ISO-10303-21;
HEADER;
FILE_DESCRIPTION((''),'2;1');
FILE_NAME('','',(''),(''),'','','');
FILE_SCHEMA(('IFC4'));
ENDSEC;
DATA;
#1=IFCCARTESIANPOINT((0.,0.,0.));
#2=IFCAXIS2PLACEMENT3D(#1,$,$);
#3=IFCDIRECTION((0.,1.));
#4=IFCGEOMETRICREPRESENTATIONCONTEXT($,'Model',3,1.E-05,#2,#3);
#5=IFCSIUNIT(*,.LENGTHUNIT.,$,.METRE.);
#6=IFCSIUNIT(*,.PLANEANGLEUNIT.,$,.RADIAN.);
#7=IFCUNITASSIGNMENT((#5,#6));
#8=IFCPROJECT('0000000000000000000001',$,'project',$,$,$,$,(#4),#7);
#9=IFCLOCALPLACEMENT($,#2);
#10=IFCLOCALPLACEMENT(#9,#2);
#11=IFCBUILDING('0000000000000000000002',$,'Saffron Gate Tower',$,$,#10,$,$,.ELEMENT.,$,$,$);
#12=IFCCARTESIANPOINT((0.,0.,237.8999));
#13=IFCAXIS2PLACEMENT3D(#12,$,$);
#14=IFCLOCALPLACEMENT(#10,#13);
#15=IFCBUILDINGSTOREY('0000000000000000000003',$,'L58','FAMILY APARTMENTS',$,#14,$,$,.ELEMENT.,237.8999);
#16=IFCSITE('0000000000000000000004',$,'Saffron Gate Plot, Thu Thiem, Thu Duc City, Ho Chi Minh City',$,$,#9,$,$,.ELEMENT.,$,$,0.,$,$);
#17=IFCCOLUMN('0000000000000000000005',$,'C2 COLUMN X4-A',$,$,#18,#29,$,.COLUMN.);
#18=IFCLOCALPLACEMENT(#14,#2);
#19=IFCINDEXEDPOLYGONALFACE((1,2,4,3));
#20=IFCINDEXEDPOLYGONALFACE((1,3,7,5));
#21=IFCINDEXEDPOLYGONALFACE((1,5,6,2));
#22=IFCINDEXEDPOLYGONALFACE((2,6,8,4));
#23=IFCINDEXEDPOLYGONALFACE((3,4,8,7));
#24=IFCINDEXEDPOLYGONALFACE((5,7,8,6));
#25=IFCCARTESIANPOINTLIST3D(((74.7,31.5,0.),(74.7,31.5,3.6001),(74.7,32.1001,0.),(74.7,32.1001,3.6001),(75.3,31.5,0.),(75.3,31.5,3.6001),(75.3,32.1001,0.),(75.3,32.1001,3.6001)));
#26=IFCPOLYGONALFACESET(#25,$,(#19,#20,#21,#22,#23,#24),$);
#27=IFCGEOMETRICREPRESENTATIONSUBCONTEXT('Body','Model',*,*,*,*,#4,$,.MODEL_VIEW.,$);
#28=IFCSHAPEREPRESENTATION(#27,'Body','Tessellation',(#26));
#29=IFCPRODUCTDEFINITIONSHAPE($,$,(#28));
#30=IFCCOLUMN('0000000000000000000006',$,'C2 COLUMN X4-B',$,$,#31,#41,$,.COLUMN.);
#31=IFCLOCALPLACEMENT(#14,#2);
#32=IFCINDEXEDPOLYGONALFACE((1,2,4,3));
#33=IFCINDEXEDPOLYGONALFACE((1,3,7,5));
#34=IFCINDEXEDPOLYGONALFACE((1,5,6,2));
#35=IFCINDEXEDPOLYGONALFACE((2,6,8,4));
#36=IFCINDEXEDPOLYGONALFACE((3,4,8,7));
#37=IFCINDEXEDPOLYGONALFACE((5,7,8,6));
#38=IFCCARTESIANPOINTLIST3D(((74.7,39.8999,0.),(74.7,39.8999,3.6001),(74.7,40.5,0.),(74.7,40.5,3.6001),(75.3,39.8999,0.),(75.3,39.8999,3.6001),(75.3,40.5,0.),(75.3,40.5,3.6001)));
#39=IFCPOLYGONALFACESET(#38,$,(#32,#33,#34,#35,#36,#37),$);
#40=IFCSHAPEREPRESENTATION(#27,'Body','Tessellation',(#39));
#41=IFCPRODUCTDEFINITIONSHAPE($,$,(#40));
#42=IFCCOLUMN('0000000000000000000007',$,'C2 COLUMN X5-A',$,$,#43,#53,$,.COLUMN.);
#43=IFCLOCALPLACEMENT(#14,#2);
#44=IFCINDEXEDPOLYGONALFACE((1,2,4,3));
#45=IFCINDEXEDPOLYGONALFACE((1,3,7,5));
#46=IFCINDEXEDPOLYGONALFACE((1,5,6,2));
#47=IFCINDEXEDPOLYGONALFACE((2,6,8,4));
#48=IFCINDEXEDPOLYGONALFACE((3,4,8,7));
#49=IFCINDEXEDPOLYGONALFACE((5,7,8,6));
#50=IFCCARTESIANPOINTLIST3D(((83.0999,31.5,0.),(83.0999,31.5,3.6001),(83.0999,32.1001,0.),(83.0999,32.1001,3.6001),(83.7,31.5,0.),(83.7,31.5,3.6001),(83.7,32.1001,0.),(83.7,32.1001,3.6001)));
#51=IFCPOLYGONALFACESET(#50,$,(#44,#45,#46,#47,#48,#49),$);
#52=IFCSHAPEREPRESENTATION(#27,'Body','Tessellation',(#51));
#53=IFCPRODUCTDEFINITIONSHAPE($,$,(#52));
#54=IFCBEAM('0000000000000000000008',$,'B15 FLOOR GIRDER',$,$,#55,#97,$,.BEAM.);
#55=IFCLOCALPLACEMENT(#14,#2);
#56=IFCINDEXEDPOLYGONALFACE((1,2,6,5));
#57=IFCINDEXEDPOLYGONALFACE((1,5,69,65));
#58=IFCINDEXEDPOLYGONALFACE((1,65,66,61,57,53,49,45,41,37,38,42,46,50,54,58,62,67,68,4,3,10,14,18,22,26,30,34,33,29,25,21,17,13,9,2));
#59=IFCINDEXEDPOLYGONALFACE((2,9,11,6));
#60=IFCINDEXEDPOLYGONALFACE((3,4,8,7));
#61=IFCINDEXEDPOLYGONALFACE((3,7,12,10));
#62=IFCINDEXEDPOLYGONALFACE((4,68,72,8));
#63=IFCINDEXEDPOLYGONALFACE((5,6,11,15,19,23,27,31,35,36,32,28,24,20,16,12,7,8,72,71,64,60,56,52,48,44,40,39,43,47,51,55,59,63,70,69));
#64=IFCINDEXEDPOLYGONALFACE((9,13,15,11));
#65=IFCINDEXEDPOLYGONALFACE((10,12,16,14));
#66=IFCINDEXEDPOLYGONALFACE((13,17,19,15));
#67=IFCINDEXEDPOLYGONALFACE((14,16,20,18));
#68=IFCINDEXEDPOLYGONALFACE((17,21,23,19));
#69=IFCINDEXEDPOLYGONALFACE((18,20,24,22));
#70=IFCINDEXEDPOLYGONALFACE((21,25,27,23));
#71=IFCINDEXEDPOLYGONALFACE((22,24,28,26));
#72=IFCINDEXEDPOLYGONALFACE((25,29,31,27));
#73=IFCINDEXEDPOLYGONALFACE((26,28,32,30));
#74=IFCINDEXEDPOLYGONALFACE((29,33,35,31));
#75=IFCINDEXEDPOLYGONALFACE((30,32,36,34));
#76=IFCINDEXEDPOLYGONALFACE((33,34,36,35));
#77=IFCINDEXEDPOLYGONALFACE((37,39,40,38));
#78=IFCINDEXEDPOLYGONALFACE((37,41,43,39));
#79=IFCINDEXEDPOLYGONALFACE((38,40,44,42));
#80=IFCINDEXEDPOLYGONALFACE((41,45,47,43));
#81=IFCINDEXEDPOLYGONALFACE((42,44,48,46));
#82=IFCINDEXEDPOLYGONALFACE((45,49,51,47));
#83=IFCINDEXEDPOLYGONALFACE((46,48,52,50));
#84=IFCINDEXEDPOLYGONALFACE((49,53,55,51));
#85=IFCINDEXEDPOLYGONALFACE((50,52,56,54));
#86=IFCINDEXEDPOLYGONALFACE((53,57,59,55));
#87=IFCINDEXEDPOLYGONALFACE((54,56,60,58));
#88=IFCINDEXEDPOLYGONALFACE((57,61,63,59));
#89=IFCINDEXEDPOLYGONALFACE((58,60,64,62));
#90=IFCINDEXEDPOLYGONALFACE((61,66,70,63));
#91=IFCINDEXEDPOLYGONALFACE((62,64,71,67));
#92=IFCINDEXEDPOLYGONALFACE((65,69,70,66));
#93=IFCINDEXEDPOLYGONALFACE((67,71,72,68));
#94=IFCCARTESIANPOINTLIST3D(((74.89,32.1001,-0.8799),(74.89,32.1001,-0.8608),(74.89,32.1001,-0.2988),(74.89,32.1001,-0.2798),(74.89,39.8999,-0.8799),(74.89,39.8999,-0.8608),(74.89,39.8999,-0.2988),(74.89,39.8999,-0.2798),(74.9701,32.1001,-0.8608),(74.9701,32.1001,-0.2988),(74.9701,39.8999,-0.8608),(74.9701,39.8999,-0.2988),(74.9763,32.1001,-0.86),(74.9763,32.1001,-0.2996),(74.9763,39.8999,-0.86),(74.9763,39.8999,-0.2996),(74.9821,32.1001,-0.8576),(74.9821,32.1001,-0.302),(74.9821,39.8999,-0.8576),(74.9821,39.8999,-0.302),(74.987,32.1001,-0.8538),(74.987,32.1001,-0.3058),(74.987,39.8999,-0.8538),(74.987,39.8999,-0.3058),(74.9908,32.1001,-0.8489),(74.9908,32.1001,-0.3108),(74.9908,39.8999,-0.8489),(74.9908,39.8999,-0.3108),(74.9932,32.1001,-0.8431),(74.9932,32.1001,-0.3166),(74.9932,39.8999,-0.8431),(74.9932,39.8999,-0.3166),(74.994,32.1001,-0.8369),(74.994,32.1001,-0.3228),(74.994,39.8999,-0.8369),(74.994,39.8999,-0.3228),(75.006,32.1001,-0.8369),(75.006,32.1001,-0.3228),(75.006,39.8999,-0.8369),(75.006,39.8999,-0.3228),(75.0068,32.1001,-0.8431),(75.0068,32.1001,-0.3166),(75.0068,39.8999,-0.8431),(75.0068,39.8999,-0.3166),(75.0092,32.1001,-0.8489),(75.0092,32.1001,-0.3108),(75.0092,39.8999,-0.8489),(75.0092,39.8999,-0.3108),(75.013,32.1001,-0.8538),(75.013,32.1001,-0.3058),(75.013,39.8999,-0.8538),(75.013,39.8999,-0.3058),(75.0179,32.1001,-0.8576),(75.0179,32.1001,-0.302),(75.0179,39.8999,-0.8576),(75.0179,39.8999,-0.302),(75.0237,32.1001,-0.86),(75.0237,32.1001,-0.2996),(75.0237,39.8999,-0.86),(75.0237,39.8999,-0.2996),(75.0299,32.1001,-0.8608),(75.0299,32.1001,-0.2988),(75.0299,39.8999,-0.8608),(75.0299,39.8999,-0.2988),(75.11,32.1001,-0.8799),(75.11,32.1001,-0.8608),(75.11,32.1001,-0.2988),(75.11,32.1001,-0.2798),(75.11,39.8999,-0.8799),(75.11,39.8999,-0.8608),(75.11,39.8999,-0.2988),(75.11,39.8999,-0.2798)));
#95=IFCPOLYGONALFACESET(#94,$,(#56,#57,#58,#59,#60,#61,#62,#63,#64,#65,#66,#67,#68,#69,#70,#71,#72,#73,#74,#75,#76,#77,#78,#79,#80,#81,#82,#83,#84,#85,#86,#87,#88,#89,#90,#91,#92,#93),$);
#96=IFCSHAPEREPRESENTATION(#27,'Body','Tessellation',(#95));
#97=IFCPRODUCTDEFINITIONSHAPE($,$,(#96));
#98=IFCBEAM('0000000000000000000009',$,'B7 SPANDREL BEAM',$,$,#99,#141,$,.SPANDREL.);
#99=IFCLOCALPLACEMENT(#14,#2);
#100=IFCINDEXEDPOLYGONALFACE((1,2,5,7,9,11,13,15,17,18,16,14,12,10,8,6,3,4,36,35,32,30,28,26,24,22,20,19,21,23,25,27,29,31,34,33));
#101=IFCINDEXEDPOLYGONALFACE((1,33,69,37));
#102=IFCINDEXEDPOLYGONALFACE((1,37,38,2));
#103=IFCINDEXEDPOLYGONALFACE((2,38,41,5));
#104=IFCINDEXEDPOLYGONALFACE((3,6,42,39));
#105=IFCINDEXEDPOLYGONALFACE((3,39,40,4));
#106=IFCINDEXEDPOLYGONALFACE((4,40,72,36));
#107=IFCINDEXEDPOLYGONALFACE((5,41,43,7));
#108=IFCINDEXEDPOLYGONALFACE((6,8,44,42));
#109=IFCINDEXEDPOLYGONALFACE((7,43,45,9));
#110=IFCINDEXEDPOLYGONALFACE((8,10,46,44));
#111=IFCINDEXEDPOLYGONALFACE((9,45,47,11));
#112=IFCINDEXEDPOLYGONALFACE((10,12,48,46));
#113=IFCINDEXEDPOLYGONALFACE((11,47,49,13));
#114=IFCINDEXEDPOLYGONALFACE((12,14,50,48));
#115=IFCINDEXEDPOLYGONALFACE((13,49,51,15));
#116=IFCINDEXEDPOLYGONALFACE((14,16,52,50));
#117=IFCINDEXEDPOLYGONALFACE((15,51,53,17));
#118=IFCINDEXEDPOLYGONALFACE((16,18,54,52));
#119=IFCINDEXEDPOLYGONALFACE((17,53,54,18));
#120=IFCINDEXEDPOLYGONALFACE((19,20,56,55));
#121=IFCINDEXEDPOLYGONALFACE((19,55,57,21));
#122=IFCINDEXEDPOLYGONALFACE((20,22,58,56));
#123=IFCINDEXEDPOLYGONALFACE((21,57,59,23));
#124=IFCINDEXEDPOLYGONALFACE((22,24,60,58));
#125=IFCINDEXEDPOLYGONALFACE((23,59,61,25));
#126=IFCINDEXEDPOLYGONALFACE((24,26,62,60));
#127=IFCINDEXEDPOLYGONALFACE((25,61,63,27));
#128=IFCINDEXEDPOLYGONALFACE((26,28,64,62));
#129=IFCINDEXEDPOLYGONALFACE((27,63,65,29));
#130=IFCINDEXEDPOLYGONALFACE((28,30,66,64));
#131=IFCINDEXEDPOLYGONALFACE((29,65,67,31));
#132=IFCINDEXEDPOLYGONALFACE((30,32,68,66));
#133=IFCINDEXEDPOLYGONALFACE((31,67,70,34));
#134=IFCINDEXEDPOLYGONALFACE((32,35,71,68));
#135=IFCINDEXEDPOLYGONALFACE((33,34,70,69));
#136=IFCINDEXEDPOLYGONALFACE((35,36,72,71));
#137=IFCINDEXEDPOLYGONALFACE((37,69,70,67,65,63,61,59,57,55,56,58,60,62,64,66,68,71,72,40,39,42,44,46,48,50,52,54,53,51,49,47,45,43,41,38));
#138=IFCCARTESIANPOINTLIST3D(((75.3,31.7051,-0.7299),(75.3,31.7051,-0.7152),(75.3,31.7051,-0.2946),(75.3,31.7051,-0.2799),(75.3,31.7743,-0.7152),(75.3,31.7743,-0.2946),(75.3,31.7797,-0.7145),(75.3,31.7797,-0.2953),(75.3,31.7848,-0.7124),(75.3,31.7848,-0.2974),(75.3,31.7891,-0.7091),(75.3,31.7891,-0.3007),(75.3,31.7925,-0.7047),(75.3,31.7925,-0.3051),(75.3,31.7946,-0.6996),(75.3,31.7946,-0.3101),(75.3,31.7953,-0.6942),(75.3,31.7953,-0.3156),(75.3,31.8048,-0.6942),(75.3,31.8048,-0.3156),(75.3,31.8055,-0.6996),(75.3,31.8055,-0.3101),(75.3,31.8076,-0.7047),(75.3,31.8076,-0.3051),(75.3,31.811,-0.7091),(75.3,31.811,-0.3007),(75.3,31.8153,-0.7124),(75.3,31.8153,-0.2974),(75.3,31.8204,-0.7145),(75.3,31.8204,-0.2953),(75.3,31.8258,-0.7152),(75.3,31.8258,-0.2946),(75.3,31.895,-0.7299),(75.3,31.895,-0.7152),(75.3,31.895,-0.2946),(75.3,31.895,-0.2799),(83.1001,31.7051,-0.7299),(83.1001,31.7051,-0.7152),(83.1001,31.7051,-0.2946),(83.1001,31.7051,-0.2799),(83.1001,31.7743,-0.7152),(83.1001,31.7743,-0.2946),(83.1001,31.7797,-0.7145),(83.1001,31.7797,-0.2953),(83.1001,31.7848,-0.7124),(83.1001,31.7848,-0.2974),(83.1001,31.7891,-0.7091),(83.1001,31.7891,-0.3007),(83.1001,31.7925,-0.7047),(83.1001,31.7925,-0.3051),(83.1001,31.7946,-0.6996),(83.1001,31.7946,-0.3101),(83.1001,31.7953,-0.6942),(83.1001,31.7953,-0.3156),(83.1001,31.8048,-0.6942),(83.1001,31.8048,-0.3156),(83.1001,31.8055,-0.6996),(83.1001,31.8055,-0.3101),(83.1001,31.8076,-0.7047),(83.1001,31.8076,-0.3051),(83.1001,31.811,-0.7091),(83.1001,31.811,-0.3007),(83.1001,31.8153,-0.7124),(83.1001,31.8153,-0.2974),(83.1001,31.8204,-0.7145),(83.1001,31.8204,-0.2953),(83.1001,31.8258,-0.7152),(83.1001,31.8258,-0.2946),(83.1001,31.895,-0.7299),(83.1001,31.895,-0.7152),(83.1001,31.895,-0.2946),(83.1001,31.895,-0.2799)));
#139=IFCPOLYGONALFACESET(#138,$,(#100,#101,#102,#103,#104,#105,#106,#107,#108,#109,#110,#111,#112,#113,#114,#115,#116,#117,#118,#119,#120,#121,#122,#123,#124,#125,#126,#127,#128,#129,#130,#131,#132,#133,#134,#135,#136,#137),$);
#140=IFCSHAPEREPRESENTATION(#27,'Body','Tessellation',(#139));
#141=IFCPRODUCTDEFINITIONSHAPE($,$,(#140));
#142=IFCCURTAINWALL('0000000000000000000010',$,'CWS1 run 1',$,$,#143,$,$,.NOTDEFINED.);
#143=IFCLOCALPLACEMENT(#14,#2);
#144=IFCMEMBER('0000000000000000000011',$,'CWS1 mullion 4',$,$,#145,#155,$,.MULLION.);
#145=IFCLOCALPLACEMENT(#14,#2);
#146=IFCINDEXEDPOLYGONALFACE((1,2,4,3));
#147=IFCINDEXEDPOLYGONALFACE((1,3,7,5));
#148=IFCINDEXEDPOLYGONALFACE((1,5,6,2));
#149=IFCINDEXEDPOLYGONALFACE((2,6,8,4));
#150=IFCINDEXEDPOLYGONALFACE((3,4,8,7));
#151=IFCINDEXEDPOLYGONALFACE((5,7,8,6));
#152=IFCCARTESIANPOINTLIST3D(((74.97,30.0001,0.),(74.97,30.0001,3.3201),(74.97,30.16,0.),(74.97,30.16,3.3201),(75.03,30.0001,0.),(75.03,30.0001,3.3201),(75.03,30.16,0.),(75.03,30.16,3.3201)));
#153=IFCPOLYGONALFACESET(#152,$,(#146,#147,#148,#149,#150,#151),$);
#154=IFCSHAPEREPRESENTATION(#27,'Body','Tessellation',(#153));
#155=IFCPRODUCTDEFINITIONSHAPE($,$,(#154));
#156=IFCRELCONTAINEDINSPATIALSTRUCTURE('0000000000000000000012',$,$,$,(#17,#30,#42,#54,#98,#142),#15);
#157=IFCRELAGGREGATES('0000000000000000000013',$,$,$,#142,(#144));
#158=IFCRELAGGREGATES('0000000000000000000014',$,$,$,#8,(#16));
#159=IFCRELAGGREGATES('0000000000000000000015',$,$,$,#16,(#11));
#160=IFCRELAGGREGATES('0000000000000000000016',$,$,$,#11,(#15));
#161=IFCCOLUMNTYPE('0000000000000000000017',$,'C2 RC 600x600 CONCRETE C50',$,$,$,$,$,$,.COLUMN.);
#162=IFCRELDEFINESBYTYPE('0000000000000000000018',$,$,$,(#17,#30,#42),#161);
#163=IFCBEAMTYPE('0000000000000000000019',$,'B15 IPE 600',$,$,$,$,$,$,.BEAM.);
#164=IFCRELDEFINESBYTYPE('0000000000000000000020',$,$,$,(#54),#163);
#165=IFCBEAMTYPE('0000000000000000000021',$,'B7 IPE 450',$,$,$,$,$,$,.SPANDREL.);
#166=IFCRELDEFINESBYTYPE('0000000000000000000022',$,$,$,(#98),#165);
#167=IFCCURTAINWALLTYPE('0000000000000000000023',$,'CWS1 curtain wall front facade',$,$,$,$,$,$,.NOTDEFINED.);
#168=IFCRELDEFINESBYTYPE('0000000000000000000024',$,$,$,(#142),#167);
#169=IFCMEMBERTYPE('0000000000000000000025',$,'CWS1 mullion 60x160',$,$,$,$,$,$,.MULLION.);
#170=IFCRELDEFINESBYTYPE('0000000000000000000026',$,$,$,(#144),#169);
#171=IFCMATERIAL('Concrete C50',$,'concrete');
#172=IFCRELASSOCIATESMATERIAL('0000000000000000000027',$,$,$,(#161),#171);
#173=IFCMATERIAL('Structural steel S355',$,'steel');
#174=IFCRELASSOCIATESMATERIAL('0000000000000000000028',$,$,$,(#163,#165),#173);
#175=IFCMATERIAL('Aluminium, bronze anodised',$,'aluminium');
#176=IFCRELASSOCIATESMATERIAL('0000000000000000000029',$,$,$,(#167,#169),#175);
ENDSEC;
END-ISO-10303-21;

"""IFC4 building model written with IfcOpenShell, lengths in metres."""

from ifc_helpers import new_model, si_unit, direction, frame, origin, origin_2d, place, context, subcontext, project, spatial, rectangle, i_section, extrude, material, material_profile, profile_set, type_object, element, aggregate, save


model = new_model("IFC4")

# Units and contexts
model_context = context("Model", 3, precision=1e-05, world=origin(), true_north=direction((0.0, 1.0)))
body_context = subcontext(model_context, "Body", "Model", "MODEL_VIEW")
ifc_project = project(units=[si_unit("LENGTHUNIT", "METRE"), si_unit("PLANEANGLEUNIT", "RADIAN")], contexts=[model_context])

# Site, building, storey
site_placement = place(None, origin())
site = spatial("IfcSite", under=ifc_project, at=site_placement, Name="Saffron Gate Plot, Thu Thiem, Thu Duc City, Ho Chi Minh City", CompositionType="ELEMENT", RefElevation=0.0)
building_placement = place(site_placement, origin())
building = spatial("IfcBuilding", under=site, at=building_placement, Name="Saffron Gate Tower", CompositionType="ELEMENT")
storey_placement = place(building_placement, frame((0.0, 0.0, 237.8999)))
storey = spatial("IfcBuildingStorey", under=building, at=storey_placement, Name="L58", Description="FAMILY APARTMENTS", CompositionType="ELEMENT", Elevation=237.8999)

# Columns
ifc_material_1 = material(Name="Concrete C50", Category="concrete")
ifc_material_profile_1 = material_profile(ifc_material_1, rectangle(XDim=0.6001, YDim=0.6001, at=origin_2d()))
ifc_profile_set_1 = profile_set([ifc_material_profile_1], Name="Concrete C50")
column_type = type_object("IfcColumnType", Name="C2 RC 600x600 CONCRETE C50", PredefinedType="COLUMN", material=ifc_profile_set_1)
for number, where, z_axis, x_axis, name in (
    (1, (75.0, 31.8, 0.0), (0.0, 0.0, 1.0), (1.0, 0.0, 0.0), "C2 COLUMN X4-A"),
    (2, (75.0, 40.2, 0.0), (0.0, 0.0, 1.0), (1.0, 0.0, 0.0), "C2 COLUMN X4-B"),
    (3, (83.3999, 31.8, 0.0), (0.0, 0.0, 1.0), (1.0, 0.0, 0.0), "C2 COLUMN X5-A"),
):
    element("IfcColumn", number, at=place(storey_placement, frame(where, z_axis=z_axis, x_axis=x_axis)), inside=storey, type_object=column_type, Name=name, PredefinedType="COLUMN", context=body_context, shape_type="SweptSolid", body=[
        extrude(rectangle(XDim=0.6001, YDim=0.6001, at=origin_2d()), origin(), (0.0, 0.0, 1.0), 3.6001),
    ])

# Beams
ifc_material_2 = material(Name="Structural steel S355", Category="steel")
ifc_material_profile_2 = material_profile(ifc_material_2, i_section(OverallWidth=0.22, OverallDepth=0.6001, WebThickness=0.012, FlangeThickness=0.019, FilletRadius=0.0239, at=origin_2d()))
ifc_profile_set_2 = profile_set([ifc_material_profile_2], Name="Structural steel S355")
beam_type_1 = type_object("IfcBeamType", Name="B15 IPE 600", PredefinedType="BEAM", material=ifc_profile_set_2)
beam_1_placement = place(storey_placement, frame((75.0, 32.1001, -0.5798), z_axis=(0.0, 1.0, 0.0), x_axis=(-1.0, 0.0, 0.0)))
element("IfcBeam", 4, at=beam_1_placement, inside=storey, type_object=beam_type_1, Name="B15 FLOOR GIRDER", PredefinedType="BEAM", context=body_context, shape_type="SweptSolid", body=[
    extrude(i_section(OverallWidth=0.22, OverallDepth=0.6001, WebThickness=0.012, FlangeThickness=0.019, FilletRadius=0.0239, at=origin_2d()), origin(), (0.0, 0.0, 1.0), 7.7998),
])
ifc_material_profile_3 = material_profile(ifc_material_2, i_section(OverallWidth=0.1899, OverallDepth=0.45, WebThickness=0.0095, FlangeThickness=0.0146, FilletRadius=0.021, at=origin_2d()))
ifc_profile_set_3 = profile_set([ifc_material_profile_3], Name="Structural steel S355")
beam_type_2 = type_object("IfcBeamType", Name="B7 IPE 450", PredefinedType="SPANDREL", material=ifc_profile_set_3)
beam_2_placement = place(storey_placement, frame((75.3, 31.8, -0.5049), z_axis=(1.0, 0.0, 0.0), x_axis=(0.0, 1.0, 0.0)))
element("IfcBeam", 5, at=beam_2_placement, inside=storey, type_object=beam_type_2, Name="B7 SPANDREL BEAM", PredefinedType="SPANDREL", context=body_context, shape_type="SweptSolid", body=[
    extrude(i_section(OverallWidth=0.1899, OverallDepth=0.45, WebThickness=0.0095, FlangeThickness=0.0146, FilletRadius=0.021, at=origin_2d()), origin(), (0.0, 0.0, 1.0), 7.8),
])

# Curtain wall, member
ifc_material_3 = material(Name="Aluminium, bronze anodised", Category="aluminium")
curtain_wall_type = type_object("IfcCurtainWallType", Name="CWS1 curtain wall front facade", PredefinedType="NOTDEFINED", material=ifc_material_3)
curtain_wall_placement = place(storey_placement, origin())
curtain_wall = element("IfcCurtainWall", 6, at=curtain_wall_placement, inside=storey, type_object=curtain_wall_type, Name="CWS1 run 1", PredefinedType="NOTDEFINED")
ifc_material_profile_4 = material_profile(ifc_material_3, rectangle(XDim=0.1599, YDim=0.0601, at=origin_2d()))
ifc_profile_set_4 = profile_set([ifc_material_profile_4], Name="Aluminium, bronze anodised")
member_type = type_object("IfcMemberType", Name="CWS1 mullion 60x160", PredefinedType="MULLION", material=ifc_profile_set_4)
member_placement = place(storey_placement, frame((75.0, 30.0801, 0.0), z_axis=(0.0, 0.0, 1.0), x_axis=(0.0, 1.0, 0.0)))
member = element("IfcMember", 7, at=member_placement, type_object=member_type, Name="CWS1 mullion 4", PredefinedType="MULLION", context=body_context, shape_type="SweptSolid", body=[
    extrude(rectangle(XDim=0.1599, YDim=0.0601, at=origin_2d()), origin(), (0.0, 0.0, 1.0), 3.3201),
])
aggregate(curtain_wall, [member])

save(model, "model.ifc")
